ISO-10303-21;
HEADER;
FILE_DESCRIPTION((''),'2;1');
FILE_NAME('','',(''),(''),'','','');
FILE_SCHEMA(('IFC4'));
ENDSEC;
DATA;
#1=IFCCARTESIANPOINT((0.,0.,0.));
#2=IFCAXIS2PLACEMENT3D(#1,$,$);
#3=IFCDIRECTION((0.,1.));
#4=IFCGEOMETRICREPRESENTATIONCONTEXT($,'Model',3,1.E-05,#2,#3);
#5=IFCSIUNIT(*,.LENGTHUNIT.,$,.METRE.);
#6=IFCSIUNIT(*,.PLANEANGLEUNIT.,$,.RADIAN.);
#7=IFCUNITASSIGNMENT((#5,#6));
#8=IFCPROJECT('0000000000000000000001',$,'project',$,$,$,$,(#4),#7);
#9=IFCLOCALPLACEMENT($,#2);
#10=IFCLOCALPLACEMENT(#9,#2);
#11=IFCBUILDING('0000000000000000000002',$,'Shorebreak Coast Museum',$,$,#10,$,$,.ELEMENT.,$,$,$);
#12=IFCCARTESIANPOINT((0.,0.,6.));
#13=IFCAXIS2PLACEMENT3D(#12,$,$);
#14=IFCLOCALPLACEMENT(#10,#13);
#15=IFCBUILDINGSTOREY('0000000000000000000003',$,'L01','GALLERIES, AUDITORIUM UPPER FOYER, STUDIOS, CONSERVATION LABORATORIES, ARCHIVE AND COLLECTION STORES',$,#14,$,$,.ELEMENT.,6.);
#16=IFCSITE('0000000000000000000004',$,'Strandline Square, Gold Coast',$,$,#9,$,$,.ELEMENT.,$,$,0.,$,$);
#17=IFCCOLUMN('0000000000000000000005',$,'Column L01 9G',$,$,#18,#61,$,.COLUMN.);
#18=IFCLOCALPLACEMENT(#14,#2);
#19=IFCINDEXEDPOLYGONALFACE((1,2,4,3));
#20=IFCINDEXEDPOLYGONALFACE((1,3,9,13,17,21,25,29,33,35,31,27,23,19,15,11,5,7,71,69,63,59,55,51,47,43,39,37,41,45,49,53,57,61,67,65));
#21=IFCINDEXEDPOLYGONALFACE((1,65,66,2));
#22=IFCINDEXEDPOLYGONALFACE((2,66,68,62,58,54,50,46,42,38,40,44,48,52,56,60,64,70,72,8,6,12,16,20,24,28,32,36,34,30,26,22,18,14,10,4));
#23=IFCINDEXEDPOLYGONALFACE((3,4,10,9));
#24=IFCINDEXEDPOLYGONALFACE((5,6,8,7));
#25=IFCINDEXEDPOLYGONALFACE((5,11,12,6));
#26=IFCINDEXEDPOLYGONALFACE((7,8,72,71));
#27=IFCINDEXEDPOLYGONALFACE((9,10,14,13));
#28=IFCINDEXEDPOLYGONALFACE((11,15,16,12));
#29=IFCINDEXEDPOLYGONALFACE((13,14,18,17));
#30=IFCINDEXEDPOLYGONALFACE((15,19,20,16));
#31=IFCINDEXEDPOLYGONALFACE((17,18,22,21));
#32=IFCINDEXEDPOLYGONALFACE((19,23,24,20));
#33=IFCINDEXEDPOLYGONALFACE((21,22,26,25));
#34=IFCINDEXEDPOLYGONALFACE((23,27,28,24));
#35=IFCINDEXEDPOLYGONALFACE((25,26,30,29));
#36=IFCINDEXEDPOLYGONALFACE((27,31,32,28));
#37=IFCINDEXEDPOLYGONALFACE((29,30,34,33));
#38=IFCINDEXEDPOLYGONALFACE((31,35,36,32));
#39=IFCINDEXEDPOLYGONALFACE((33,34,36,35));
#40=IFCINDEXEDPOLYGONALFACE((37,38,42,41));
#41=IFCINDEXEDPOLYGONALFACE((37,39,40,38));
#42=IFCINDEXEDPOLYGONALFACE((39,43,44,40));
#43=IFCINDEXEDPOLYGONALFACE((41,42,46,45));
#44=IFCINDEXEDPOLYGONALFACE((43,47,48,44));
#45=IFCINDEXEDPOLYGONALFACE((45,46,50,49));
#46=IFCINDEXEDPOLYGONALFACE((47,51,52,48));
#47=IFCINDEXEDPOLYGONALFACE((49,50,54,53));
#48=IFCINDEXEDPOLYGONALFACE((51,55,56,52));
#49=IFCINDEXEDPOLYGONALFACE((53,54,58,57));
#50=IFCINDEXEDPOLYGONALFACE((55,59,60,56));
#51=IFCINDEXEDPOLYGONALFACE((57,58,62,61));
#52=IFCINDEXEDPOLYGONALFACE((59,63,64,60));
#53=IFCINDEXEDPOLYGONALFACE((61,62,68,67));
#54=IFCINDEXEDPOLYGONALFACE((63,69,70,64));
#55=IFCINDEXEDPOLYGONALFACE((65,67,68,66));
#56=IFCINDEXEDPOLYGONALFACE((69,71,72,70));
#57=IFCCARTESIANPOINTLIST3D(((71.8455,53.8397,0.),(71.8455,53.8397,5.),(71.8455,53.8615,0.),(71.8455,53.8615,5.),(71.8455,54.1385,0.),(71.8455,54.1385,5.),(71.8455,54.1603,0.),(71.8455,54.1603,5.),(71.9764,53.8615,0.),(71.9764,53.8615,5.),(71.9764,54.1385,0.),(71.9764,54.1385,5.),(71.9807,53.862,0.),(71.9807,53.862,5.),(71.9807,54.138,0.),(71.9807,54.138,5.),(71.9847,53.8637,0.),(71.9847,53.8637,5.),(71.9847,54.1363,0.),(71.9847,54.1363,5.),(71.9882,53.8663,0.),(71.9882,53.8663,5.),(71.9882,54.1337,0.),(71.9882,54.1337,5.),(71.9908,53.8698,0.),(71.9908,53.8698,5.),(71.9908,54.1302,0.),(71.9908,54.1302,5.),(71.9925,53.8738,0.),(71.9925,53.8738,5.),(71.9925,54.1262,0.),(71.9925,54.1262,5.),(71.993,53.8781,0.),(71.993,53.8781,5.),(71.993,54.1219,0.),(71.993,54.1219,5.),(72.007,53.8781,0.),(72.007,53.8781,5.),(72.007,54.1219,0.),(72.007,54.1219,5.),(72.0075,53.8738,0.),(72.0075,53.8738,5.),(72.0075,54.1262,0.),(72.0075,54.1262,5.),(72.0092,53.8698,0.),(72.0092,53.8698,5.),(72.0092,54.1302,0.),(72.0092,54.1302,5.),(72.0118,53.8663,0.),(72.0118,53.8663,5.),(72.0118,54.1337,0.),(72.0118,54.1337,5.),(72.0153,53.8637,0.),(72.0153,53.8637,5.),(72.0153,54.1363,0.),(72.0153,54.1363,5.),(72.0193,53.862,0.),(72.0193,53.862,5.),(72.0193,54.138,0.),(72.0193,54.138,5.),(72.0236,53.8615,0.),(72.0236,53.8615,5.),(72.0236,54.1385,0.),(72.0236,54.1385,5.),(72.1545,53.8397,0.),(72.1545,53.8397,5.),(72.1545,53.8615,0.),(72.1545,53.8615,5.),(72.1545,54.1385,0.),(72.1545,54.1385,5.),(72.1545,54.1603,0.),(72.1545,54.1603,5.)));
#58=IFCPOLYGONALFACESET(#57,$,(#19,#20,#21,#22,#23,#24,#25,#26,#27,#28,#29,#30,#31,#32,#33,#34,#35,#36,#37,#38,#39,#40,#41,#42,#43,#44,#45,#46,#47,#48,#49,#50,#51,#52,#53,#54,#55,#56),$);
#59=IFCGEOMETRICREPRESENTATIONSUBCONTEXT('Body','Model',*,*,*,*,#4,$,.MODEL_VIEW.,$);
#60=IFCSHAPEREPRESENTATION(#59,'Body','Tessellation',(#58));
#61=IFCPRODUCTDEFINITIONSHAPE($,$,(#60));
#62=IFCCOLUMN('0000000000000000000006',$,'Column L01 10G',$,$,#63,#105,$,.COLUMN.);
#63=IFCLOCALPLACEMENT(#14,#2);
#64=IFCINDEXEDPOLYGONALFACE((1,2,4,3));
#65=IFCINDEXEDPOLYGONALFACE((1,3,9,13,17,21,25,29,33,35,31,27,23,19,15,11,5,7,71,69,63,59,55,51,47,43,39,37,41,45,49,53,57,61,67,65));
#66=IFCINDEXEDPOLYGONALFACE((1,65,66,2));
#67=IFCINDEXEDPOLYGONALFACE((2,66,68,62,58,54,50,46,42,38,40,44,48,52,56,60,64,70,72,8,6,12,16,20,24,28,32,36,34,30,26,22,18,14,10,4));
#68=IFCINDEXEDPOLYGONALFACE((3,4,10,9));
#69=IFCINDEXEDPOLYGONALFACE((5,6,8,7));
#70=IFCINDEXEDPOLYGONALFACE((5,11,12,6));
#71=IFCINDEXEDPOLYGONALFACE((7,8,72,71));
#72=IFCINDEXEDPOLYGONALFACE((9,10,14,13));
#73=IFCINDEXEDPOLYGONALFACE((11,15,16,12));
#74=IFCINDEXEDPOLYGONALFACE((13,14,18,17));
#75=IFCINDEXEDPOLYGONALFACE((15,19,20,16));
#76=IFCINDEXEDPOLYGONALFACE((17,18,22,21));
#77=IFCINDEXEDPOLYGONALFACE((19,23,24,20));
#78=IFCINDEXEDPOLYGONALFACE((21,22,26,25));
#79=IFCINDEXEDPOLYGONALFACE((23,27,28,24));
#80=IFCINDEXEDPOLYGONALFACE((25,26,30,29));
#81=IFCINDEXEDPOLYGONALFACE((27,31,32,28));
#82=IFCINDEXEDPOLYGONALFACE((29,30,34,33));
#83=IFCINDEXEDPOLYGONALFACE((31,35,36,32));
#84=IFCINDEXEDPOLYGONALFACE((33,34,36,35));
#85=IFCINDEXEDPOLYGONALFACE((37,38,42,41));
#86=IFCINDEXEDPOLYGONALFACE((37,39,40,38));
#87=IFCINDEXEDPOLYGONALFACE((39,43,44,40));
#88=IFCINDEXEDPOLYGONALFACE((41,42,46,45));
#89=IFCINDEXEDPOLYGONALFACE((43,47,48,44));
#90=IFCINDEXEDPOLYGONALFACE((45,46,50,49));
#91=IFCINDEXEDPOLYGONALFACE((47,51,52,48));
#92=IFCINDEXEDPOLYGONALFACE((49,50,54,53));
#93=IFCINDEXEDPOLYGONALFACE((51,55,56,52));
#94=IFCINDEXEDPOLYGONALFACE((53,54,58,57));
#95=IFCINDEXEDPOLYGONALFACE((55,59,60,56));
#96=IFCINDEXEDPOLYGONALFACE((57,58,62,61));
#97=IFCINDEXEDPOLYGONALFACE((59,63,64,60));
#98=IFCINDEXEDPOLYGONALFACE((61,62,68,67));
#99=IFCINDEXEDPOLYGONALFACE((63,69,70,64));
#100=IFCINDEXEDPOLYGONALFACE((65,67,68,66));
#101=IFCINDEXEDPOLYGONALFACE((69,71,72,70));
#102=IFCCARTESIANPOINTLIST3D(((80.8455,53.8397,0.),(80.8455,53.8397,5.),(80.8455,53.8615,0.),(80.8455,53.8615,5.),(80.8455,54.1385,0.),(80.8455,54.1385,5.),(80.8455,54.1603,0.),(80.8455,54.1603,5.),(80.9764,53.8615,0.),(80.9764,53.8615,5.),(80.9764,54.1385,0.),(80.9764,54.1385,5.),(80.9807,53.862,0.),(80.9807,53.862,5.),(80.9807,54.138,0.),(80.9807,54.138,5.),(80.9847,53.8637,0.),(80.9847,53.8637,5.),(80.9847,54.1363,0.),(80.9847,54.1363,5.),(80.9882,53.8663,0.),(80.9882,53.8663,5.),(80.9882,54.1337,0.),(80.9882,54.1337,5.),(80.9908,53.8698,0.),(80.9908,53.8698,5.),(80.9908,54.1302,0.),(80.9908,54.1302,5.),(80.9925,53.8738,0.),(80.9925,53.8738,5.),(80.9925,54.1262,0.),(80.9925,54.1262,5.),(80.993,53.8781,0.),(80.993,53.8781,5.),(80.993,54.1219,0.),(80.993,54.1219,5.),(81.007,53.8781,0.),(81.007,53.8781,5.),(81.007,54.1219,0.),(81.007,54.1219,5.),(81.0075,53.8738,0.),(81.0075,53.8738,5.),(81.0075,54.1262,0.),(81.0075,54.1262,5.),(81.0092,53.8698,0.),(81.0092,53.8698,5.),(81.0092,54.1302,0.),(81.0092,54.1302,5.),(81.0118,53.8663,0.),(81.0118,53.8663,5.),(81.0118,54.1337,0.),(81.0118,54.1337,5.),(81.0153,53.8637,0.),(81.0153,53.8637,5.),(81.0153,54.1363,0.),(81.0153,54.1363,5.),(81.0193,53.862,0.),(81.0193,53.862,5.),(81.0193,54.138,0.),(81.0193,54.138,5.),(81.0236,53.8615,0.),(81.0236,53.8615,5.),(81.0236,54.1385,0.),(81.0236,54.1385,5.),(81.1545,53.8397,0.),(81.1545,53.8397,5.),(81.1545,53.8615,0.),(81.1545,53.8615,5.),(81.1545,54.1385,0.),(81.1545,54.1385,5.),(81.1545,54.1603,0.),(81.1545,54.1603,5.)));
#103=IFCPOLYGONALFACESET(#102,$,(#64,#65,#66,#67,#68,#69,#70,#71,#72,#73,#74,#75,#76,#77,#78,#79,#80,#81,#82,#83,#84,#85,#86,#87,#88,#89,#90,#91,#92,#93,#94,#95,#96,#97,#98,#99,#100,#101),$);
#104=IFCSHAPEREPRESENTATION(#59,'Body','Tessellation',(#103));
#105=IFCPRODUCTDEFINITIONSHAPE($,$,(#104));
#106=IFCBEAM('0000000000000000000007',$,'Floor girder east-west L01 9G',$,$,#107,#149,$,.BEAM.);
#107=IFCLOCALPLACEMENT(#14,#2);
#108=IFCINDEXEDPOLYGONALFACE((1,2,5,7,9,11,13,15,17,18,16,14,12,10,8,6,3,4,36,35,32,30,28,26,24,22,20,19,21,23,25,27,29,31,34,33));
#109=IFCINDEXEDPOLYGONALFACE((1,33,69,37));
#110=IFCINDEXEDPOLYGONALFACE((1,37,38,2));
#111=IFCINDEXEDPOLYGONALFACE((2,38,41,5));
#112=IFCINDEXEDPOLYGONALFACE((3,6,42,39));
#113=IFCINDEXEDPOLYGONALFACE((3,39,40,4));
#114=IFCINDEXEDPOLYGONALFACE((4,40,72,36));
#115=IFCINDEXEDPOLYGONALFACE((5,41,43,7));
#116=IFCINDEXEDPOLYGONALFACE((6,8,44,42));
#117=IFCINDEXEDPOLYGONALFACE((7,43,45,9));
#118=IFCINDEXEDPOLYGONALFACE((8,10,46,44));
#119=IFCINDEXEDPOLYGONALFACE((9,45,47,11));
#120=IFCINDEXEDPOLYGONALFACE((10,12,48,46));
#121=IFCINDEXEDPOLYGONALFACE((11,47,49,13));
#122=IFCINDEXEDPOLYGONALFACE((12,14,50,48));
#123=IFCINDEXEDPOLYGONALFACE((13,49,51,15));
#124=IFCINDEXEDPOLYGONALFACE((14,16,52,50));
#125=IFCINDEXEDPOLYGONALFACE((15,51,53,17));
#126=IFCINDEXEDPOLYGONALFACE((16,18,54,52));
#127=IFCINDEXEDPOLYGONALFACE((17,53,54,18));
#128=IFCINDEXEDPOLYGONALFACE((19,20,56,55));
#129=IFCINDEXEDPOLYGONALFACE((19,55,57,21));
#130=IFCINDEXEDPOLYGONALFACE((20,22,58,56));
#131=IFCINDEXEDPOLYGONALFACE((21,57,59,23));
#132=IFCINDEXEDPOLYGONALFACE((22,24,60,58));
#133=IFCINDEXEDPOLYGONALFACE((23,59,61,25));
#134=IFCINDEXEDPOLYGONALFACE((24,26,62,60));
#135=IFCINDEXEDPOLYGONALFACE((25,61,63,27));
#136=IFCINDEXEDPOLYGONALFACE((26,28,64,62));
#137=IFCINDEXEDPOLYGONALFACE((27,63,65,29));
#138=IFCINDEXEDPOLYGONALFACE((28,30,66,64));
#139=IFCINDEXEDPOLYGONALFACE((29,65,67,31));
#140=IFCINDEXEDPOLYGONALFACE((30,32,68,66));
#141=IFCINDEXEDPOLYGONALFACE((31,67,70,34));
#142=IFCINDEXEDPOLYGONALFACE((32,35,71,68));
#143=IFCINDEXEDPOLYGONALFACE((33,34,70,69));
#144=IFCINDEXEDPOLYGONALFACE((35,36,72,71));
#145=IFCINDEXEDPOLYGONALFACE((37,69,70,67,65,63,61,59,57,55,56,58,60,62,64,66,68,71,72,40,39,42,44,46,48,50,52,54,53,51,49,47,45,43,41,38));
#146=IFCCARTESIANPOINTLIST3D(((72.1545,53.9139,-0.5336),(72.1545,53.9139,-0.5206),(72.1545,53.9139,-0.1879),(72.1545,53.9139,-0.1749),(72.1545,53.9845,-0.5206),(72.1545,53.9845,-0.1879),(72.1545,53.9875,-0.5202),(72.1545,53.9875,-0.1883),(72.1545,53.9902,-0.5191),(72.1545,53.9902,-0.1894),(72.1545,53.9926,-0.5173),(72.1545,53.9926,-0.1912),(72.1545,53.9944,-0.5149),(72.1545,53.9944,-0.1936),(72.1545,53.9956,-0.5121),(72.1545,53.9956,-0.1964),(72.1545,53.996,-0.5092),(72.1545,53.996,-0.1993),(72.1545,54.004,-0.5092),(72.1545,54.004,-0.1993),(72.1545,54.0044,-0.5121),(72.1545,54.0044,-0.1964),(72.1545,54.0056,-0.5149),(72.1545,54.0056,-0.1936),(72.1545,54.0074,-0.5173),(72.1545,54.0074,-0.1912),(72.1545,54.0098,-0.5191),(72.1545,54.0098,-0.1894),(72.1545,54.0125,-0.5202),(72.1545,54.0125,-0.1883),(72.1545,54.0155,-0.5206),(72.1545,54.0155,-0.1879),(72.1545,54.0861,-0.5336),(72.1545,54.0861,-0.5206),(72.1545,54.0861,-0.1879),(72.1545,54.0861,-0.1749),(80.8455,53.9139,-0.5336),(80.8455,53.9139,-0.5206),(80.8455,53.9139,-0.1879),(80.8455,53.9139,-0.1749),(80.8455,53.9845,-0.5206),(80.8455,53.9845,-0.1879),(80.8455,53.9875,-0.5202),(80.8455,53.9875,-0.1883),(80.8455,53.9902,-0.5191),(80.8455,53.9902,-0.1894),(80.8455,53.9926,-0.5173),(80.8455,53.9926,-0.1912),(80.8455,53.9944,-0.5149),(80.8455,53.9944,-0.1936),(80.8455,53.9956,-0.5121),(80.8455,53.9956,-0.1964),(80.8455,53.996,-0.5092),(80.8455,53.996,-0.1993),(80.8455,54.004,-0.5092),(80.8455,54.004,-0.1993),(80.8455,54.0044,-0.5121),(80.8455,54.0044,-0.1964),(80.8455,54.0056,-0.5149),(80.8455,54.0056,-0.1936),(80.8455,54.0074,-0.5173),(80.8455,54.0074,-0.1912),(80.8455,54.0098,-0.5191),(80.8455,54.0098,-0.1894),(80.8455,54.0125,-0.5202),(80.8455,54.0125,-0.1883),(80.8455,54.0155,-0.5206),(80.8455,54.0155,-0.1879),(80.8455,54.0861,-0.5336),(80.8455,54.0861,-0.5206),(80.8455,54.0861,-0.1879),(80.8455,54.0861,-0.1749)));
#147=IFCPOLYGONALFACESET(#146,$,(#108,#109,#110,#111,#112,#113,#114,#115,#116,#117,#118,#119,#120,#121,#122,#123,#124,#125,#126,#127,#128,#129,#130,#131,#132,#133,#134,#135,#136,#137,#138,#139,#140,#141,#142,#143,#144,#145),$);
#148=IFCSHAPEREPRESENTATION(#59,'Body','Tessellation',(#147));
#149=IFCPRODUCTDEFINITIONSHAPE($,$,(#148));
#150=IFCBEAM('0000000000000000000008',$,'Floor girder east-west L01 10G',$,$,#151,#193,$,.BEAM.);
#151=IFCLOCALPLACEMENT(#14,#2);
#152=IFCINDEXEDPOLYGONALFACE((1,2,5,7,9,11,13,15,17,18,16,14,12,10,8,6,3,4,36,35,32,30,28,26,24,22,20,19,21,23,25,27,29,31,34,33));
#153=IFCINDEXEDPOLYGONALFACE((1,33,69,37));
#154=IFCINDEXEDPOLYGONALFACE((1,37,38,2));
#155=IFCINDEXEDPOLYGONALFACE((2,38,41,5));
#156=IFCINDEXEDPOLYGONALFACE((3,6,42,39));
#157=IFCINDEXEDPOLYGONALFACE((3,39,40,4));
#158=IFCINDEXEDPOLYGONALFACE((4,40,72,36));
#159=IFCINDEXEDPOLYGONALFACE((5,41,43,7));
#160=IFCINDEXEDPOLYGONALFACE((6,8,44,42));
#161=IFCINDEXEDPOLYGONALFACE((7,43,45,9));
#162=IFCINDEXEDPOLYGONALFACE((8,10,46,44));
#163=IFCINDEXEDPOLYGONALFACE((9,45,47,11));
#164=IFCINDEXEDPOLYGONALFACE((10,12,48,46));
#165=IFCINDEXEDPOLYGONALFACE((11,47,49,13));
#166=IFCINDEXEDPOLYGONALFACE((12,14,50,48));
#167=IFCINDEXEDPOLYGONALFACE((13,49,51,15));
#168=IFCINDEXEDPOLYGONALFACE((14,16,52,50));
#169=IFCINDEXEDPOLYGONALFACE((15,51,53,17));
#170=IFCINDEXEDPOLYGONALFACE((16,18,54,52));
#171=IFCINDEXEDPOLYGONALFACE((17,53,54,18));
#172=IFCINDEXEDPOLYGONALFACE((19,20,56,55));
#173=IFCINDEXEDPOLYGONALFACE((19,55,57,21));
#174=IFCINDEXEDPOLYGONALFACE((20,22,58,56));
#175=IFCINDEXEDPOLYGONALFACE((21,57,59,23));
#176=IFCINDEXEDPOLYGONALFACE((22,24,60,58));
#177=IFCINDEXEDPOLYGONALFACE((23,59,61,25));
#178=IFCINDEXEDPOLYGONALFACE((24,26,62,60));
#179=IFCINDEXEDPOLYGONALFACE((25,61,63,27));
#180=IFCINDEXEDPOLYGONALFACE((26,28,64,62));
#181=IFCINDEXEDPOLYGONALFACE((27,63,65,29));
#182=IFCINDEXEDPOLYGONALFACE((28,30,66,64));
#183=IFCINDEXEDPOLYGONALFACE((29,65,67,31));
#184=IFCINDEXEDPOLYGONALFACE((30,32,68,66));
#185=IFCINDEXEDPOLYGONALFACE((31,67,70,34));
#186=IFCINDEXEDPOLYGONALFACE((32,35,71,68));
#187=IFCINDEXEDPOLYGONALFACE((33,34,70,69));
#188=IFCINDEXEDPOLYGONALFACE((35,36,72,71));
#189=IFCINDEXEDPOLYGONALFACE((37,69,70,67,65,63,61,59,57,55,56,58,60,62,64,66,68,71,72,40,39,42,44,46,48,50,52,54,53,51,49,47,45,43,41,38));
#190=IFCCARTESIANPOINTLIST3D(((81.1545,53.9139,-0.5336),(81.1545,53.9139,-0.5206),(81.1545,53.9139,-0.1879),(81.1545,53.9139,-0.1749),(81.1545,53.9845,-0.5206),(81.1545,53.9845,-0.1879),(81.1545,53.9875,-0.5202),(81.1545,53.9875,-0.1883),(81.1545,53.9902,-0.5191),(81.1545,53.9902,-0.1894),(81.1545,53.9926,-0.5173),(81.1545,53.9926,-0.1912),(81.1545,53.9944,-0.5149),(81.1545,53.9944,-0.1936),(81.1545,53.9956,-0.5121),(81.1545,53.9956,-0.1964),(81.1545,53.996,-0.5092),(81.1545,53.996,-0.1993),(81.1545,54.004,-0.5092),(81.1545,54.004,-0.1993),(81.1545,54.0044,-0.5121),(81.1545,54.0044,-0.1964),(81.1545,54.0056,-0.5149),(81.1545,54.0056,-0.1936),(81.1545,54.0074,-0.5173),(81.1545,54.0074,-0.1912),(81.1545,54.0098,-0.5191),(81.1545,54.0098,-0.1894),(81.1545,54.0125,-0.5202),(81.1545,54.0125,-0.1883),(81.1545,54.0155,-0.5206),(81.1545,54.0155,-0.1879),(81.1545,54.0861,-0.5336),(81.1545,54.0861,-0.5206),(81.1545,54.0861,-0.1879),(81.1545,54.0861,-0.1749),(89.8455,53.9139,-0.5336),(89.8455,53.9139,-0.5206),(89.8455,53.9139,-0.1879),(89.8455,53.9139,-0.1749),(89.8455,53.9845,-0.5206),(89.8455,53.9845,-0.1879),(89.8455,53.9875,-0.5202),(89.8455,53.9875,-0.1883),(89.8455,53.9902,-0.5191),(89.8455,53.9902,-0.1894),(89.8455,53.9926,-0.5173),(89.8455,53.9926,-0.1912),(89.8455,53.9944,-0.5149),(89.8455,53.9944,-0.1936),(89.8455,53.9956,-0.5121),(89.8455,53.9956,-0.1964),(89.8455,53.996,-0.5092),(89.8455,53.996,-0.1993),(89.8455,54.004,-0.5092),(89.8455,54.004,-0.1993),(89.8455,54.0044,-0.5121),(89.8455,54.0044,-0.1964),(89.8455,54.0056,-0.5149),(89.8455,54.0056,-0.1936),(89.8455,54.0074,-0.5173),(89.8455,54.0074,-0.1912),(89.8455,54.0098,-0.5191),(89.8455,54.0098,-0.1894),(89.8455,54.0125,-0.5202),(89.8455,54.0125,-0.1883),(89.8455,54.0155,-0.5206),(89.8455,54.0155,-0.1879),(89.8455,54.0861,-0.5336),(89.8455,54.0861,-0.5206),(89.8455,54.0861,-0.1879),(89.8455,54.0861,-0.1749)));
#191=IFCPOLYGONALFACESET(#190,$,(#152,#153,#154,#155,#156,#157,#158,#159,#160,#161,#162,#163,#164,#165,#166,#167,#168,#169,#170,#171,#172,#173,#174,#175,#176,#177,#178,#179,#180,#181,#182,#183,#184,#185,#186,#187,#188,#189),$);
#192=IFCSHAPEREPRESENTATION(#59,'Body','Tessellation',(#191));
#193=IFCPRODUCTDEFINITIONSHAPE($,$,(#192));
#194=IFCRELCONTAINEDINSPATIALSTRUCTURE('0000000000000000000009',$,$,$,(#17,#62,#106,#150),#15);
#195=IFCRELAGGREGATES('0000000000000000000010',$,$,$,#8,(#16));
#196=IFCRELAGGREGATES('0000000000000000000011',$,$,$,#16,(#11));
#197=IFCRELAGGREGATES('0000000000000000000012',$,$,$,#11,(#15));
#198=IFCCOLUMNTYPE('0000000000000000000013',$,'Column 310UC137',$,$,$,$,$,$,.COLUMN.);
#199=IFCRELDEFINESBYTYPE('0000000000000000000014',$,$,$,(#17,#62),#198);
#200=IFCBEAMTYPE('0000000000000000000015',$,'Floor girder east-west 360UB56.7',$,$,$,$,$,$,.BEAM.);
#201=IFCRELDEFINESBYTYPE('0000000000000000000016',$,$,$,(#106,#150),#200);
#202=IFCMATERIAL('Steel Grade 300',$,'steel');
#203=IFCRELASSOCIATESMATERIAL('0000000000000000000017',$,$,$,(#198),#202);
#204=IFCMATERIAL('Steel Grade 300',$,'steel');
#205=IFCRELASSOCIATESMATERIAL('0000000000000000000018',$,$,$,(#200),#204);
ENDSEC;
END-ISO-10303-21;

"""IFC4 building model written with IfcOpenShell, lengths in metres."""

from ifc_helpers import new_model, si_unit, direction, frame, origin, origin_2d, place, context, subcontext, project, spatial, i_section, extrude, material, material_profile, profile_set, type_object, element, save


model = new_model("IFC4")

# Units and contexts
model_context = context("Model", 3, precision=1e-05, world=origin(), true_north=direction((0.0, 1.0)))
body_context = subcontext(model_context, "Body", "Model", "MODEL_VIEW")
ifc_project = project(units=[si_unit("LENGTHUNIT", "METRE"), si_unit("PLANEANGLEUNIT", "RADIAN")], contexts=[model_context])

# Site, building, storey
site_placement = place(None, origin())
site = spatial("IfcSite", under=ifc_project, at=site_placement, Name="Strandline Square, Gold Coast", CompositionType="ELEMENT", RefElevation=0.0)
building_placement = place(site_placement, origin())
building = spatial("IfcBuilding", under=site, at=building_placement, Name="Shorebreak Coast Museum", CompositionType="ELEMENT")
storey_placement = place(building_placement, frame((0.0, 0.0, 6.0)))
storey = spatial("IfcBuildingStorey", under=building, at=storey_placement, Name="L01", Description="GALLERIES, AUDITORIUM UPPER FOYER, STUDIOS, CONSERVATION LABORATORIES, ARCHIVE AND COLLECTION STORES", CompositionType="ELEMENT", Elevation=6.0)

# Columns
ifc_material_1 = material(Name="Steel Grade 300", Category="steel")
ifc_material_profile_1 = material_profile(ifc_material_1, i_section(OverallWidth=0.3091, OverallDepth=0.3206, WebThickness=0.0139, FlangeThickness=0.0217, FilletRadius=0.0166, at=origin_2d()), Name="310UC137")
ifc_profile_set_1 = profile_set([ifc_material_profile_1], Name="Steel Grade 300")
column_type = type_object("IfcColumnType", Name="Column 310UC137", PredefinedType="COLUMN", material=ifc_profile_set_1)
for number, where, z_axis, x_axis, name in (
    (1, (72.0, 54.0, 0.0), (0.0, 0.0, 1.0), (1.0, 0.0, 0.0), "Column L01 9G"),
    (2, (81.0, 54.0, 0.0), (0.0, 0.0, 1.0), (1.0, 0.0, 0.0), "Column L01 10G"),
):
    element("IfcColumn", number, at=place(storey_placement, frame(where, z_axis=z_axis, x_axis=x_axis)), inside=storey, type_object=column_type, Name=name, PredefinedType="COLUMN", context=body_context, shape_type="SweptSolid", body=[
        extrude(i_section(OverallWidth=0.3091, OverallDepth=0.3206, WebThickness=0.0139, FlangeThickness=0.0217, FilletRadius=0.0166, at=origin_2d()), origin(), (0.0, 0.0, 1.0), 5.0),
    ])

# Beams
ifc_material_2 = material(Name="Steel Grade 300", Category="steel")
ifc_material_profile_2 = material_profile(ifc_material_2, i_section(OverallWidth=0.1721, OverallDepth=0.3586, WebThickness=0.0081, FlangeThickness=0.0129, FilletRadius=0.0115, at=origin_2d()), Name="360UB56.7")
ifc_profile_set_2 = profile_set([ifc_material_profile_2], Name="Steel Grade 300")
beam_type_1 = type_object("IfcBeamType", Name="Floor girder east-west 360UB56.7", PredefinedType="BEAM", material=ifc_profile_set_2)
for number, where, z_axis, x_axis, name in (
    (3, (72.1545, 54.0, -0.3542), (1.0, 0.0, 0.0), (0.0, 1.0, 0.0), "Floor girder east-west L01 9G"),
    (4, (81.1545, 54.0, -0.3542), (1.0, 0.0, 0.0), (0.0, 1.0, 0.0), "Floor girder east-west L01 10G"),
):
    element("IfcBeam", number, at=place(storey_placement, frame(where, z_axis=z_axis, x_axis=x_axis)), inside=storey, type_object=beam_type_1, Name=name, PredefinedType="BEAM", context=body_context, shape_type="SweptSolid", body=[
        extrude(i_section(OverallWidth=0.1721, OverallDepth=0.3586, WebThickness=0.0081, FlangeThickness=0.0129, FilletRadius=0.0115, at=origin_2d()), origin(), (0.0, 0.0, 1.0), 8.6909),
    ])

save(model, "model.ifc")
